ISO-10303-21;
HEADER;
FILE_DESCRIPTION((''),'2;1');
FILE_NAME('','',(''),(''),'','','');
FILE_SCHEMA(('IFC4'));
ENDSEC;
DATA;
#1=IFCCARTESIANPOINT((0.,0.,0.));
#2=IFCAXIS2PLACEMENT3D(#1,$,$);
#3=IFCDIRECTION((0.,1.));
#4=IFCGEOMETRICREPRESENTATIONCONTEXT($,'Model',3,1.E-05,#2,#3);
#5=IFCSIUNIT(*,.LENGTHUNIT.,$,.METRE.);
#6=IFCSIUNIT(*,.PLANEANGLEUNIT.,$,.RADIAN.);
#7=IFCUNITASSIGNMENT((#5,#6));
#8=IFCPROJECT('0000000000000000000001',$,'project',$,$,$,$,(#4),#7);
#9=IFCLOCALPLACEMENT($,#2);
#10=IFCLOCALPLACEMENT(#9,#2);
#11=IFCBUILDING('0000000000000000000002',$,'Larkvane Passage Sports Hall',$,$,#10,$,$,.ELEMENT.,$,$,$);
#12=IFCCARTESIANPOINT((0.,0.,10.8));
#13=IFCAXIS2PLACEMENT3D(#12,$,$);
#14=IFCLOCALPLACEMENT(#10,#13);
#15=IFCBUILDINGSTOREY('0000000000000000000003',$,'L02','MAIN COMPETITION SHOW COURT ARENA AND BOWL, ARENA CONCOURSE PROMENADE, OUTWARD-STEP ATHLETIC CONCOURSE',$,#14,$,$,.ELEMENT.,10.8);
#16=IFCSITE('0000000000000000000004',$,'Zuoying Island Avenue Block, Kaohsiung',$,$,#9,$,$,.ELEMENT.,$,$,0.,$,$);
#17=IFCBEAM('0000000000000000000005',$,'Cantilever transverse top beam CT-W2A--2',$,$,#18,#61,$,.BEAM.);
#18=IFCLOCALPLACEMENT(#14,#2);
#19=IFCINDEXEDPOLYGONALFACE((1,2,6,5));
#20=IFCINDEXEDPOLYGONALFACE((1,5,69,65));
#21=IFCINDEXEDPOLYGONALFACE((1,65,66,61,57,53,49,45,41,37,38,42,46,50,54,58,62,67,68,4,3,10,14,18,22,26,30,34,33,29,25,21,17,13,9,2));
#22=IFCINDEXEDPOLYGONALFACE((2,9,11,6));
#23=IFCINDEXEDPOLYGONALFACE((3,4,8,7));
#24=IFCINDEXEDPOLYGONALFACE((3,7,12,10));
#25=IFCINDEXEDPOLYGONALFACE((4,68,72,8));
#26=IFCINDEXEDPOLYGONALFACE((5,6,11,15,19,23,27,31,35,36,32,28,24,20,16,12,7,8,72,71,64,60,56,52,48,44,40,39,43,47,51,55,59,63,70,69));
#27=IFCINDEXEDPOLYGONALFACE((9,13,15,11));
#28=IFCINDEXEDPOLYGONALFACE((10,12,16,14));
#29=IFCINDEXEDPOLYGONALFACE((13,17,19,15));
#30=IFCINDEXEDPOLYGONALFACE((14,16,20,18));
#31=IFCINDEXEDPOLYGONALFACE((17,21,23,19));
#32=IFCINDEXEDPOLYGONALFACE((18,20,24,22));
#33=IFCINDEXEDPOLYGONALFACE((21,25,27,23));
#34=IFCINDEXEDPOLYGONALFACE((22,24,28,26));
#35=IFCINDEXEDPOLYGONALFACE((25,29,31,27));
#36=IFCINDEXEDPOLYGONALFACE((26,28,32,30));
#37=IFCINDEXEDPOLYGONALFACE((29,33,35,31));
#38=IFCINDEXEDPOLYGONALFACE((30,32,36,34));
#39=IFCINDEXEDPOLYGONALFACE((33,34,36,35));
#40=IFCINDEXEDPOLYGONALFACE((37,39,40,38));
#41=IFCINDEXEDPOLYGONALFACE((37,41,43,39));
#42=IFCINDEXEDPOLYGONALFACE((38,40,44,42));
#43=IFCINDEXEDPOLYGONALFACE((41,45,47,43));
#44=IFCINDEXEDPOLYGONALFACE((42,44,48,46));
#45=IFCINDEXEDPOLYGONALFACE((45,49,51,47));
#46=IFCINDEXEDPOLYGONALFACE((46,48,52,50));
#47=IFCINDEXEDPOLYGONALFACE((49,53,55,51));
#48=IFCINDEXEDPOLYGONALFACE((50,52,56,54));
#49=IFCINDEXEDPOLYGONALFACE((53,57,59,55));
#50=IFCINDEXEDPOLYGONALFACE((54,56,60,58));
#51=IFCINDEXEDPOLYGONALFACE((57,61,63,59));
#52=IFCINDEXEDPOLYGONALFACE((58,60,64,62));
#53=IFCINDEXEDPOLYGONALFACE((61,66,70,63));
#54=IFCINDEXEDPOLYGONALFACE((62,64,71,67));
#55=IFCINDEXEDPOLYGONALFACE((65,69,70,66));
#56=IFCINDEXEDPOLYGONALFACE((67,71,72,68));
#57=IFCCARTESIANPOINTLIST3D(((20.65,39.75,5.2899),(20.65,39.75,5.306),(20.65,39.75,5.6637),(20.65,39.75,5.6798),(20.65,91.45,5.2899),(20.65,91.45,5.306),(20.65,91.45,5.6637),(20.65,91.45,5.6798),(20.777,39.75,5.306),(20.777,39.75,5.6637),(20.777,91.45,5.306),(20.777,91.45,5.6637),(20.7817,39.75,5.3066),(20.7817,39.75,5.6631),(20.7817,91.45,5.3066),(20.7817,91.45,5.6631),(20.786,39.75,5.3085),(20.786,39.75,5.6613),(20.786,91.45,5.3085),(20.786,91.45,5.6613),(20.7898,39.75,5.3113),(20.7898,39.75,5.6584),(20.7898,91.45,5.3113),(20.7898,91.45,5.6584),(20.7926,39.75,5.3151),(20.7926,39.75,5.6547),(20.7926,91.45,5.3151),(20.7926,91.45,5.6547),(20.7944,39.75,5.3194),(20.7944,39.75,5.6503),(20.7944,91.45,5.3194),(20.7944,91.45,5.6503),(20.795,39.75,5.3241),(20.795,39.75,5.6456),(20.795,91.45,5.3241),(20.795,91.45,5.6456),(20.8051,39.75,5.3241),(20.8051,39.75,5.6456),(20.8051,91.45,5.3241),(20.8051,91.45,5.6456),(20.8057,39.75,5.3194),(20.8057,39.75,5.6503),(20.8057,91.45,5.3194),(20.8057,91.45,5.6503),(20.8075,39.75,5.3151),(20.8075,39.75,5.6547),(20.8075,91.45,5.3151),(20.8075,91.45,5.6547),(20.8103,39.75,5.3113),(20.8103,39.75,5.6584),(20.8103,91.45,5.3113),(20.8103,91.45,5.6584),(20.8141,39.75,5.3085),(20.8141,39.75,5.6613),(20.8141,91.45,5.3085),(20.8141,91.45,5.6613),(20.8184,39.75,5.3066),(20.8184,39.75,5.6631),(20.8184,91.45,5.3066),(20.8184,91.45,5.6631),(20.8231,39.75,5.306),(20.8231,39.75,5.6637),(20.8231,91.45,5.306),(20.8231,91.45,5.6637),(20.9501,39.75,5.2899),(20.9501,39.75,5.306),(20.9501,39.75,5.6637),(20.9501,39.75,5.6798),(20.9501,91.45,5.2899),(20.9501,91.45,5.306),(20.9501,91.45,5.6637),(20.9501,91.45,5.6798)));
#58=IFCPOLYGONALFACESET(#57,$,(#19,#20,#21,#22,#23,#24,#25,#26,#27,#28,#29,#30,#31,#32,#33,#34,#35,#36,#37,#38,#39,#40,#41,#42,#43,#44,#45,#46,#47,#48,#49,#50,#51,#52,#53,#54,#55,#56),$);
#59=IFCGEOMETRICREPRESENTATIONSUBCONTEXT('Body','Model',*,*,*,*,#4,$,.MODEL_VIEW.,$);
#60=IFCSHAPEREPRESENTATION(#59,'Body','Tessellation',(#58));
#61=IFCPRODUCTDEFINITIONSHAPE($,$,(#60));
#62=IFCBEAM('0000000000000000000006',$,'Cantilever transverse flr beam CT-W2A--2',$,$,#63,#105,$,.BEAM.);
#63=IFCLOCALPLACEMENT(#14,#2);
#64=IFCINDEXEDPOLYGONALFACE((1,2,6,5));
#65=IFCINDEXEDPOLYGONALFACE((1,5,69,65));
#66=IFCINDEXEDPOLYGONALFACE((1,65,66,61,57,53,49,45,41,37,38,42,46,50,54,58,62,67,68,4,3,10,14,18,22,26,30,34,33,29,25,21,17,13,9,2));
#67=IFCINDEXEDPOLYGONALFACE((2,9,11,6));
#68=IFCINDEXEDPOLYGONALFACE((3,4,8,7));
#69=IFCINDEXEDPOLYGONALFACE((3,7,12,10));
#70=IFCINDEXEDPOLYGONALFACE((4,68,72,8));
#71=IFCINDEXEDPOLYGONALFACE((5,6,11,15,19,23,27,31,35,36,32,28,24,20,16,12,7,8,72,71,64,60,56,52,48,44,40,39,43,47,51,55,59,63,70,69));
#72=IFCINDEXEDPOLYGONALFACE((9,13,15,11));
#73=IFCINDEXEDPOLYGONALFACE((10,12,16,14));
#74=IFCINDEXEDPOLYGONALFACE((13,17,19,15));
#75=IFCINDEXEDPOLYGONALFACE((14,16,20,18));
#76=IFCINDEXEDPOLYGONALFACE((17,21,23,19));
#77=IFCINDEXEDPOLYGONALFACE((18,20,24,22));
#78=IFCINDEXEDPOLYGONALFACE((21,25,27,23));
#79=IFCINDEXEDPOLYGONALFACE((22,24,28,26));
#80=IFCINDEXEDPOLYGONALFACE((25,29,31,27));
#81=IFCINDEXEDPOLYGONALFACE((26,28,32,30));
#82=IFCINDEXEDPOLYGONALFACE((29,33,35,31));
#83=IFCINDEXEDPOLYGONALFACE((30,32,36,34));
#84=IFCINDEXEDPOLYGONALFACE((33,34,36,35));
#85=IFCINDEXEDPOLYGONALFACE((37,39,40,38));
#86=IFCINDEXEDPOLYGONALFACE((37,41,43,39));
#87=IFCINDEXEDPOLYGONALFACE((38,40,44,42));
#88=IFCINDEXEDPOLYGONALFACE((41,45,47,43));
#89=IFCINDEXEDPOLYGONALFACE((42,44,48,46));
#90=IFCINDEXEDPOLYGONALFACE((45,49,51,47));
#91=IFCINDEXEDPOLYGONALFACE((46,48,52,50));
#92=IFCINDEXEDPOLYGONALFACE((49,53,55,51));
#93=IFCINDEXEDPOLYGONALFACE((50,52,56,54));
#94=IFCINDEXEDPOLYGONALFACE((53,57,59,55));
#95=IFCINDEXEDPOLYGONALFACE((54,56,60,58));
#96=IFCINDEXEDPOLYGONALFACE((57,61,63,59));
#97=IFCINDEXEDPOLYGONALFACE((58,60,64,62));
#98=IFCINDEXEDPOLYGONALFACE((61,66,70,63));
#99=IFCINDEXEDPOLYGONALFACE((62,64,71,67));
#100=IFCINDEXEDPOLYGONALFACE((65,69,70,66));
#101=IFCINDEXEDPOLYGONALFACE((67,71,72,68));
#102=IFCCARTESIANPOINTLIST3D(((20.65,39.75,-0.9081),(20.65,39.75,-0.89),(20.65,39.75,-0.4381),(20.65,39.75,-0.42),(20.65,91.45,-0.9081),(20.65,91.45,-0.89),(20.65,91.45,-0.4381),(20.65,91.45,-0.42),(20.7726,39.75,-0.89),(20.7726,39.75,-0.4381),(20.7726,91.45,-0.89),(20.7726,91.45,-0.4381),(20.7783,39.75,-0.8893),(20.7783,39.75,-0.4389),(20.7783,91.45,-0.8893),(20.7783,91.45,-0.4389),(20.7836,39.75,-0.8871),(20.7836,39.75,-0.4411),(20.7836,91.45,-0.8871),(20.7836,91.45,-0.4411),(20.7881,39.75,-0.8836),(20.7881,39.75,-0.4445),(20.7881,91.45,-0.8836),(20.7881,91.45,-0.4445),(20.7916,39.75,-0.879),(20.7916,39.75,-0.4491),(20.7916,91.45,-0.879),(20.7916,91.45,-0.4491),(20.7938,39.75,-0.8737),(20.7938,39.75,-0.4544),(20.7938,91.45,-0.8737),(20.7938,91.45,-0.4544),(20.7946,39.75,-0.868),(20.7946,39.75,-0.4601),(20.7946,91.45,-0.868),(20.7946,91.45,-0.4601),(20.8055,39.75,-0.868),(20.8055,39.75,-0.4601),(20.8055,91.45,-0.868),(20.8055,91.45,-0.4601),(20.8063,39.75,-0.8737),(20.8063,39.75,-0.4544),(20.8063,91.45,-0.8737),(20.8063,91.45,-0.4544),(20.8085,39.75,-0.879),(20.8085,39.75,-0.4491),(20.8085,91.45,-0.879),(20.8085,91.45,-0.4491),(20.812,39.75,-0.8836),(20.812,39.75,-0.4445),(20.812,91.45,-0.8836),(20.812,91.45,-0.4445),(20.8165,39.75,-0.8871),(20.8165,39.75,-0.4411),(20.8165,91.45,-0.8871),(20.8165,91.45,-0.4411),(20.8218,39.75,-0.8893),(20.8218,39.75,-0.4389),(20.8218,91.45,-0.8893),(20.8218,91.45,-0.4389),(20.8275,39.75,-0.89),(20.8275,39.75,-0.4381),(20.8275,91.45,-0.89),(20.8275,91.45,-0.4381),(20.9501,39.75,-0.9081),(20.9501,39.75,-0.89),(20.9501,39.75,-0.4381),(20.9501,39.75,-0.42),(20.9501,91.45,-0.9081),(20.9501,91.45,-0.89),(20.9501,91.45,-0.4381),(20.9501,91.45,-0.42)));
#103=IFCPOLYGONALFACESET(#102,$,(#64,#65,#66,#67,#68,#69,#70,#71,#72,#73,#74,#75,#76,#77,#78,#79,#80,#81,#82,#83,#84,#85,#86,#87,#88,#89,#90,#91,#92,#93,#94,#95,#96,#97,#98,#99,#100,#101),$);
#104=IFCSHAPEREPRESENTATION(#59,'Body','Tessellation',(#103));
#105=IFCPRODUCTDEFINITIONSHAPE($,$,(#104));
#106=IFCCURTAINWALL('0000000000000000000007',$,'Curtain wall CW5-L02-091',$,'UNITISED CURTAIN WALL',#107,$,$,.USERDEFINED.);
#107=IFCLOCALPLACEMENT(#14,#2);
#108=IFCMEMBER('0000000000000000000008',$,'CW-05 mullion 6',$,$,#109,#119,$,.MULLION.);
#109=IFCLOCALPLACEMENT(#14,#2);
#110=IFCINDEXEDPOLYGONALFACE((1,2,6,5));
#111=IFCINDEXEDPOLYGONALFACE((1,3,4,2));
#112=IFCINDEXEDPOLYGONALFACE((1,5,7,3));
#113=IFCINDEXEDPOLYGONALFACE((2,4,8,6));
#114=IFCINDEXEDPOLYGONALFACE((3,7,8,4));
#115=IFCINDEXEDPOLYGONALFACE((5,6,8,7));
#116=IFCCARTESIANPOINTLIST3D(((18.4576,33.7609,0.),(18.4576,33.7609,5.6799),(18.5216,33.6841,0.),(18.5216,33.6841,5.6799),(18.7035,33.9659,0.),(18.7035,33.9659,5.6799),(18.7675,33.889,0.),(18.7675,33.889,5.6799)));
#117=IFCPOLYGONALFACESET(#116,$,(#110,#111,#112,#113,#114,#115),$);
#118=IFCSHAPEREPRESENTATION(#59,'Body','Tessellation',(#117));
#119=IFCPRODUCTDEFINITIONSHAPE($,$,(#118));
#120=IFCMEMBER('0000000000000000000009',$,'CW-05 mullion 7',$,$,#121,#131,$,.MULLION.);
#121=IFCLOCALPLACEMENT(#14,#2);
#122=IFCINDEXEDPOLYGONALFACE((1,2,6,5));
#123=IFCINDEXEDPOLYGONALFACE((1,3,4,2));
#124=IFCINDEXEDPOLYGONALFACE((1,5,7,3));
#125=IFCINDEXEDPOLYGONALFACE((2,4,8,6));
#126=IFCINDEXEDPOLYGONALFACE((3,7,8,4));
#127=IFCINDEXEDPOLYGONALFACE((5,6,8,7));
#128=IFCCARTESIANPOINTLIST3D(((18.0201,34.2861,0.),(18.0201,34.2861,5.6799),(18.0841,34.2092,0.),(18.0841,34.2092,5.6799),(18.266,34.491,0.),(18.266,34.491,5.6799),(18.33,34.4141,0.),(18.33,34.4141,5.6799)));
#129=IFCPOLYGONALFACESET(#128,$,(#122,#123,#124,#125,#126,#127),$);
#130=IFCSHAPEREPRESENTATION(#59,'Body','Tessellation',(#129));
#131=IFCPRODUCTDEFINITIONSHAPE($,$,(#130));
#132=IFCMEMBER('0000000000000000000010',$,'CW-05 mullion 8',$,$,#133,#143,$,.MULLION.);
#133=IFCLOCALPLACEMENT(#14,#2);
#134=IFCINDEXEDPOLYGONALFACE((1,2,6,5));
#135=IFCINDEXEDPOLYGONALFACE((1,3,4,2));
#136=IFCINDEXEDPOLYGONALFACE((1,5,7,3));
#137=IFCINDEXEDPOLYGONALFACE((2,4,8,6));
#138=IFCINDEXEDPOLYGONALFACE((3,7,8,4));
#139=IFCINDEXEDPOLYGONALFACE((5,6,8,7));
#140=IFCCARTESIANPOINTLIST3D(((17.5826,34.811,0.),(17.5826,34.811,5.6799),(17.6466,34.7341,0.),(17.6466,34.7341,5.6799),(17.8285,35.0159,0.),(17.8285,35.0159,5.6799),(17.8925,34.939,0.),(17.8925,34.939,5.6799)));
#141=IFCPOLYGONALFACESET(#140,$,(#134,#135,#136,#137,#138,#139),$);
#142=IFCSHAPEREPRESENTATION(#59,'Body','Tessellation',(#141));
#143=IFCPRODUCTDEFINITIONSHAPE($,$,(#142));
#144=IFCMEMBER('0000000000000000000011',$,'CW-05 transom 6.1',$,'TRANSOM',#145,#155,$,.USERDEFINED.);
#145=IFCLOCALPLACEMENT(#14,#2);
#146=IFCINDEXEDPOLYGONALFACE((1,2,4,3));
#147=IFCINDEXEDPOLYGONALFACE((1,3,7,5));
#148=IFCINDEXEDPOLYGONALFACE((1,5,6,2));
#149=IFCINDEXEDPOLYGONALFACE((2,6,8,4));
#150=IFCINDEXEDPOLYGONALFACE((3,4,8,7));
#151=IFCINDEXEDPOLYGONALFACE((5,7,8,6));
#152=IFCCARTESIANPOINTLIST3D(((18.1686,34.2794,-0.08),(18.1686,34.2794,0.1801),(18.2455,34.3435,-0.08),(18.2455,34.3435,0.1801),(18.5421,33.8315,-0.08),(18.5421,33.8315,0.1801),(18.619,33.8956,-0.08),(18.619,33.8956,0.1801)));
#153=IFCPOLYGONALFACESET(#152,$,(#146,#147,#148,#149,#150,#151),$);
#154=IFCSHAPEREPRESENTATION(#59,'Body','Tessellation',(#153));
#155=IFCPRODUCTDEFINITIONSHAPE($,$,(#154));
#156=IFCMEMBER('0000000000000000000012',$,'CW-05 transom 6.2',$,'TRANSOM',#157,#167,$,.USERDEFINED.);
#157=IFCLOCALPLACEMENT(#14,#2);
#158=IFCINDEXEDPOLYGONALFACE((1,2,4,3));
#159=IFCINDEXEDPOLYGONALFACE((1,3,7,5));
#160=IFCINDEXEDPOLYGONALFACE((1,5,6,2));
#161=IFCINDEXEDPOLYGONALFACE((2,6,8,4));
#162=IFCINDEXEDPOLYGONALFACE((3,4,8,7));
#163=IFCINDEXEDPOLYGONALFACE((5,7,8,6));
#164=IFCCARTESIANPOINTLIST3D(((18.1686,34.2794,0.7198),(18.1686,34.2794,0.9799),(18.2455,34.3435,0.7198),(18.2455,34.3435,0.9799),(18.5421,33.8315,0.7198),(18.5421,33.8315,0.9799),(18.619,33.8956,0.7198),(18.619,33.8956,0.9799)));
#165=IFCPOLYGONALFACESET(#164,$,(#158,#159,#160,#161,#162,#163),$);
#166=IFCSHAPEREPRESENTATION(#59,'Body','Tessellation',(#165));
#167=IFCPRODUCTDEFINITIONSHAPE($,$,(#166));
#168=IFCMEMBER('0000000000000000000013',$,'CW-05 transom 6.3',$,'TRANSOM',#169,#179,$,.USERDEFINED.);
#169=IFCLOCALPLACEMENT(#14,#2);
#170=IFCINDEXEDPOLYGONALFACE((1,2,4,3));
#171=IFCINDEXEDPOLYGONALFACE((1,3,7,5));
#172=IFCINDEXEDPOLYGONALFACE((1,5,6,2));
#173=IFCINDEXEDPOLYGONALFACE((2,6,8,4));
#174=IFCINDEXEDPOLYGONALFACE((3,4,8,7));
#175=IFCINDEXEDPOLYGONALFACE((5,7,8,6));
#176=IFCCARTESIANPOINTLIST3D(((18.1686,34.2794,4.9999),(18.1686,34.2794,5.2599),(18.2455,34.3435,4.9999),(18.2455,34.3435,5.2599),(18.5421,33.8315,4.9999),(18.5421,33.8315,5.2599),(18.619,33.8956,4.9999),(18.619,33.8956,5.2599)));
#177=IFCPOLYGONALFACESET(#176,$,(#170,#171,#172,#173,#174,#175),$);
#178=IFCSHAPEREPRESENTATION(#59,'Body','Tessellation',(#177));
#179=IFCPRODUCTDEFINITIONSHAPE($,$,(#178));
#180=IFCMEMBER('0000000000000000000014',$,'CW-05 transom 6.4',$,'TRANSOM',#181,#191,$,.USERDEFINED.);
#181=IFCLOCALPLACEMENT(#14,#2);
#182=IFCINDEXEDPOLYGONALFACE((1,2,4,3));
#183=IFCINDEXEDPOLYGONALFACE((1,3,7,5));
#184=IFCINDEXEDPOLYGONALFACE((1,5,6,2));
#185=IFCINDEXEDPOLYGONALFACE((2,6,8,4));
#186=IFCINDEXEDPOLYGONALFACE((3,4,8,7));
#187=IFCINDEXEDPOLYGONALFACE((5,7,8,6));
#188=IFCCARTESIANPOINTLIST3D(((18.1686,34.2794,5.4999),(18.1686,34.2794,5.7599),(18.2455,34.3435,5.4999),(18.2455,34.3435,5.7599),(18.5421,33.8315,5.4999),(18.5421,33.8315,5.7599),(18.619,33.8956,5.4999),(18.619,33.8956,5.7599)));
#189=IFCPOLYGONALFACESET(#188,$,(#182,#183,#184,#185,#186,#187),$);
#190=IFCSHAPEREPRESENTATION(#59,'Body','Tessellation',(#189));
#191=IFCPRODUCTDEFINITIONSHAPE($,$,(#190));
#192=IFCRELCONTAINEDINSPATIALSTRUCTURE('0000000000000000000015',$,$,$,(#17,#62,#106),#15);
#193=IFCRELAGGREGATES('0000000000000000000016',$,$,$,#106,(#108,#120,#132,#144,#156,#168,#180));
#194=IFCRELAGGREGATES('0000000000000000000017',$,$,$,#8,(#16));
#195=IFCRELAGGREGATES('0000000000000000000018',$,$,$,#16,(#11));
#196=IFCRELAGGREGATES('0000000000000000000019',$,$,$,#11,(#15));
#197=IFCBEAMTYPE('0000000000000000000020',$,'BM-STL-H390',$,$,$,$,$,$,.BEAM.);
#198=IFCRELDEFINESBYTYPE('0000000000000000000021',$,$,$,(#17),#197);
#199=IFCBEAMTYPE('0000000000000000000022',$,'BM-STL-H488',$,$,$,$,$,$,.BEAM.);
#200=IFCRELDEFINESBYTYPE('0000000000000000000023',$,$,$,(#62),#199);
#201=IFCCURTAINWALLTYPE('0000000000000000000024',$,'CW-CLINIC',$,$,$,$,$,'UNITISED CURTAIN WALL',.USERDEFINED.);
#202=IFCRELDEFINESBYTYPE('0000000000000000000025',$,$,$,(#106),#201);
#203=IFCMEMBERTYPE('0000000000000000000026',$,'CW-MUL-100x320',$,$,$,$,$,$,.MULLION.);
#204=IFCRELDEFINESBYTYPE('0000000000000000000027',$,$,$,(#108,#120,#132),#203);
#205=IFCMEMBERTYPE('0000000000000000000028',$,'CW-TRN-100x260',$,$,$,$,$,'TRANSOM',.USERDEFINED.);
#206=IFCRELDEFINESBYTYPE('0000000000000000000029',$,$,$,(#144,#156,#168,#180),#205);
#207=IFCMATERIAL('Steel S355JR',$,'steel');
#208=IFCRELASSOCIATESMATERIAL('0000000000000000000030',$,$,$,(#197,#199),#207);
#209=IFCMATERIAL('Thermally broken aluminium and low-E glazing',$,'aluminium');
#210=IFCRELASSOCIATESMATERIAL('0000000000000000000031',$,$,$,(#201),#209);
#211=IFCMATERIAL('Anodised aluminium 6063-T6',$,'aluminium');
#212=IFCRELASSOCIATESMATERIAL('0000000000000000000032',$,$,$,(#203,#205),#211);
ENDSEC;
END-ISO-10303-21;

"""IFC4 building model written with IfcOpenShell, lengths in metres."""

from ifc_helpers import new_model, si_unit, direction, frame, origin, origin_2d, place, context, subcontext, project, spatial, rectangle, i_section, extrude, material, material_profile, profile_set, type_object, element, aggregate, save


model = new_model("IFC4")

# Units and contexts
model_context = context("Model", 3, precision=1e-05, world=origin(), true_north=direction((0.0, 1.0)))
body_context = subcontext(model_context, "Body", "Model", "MODEL_VIEW")
ifc_project = project(units=[si_unit("LENGTHUNIT", "METRE"), si_unit("PLANEANGLEUNIT", "RADIAN")], contexts=[model_context])

# Site, building, storey
site_placement = place(None, origin())
site = spatial("IfcSite", under=ifc_project, at=site_placement, Name="Zuoying Island Avenue Block, Kaohsiung", CompositionType="ELEMENT", RefElevation=0.0)
building_placement = place(site_placement, origin())
building = spatial("IfcBuilding", under=site, at=building_placement, Name="Larkvane Passage Sports Hall", CompositionType="ELEMENT")
storey_placement = place(building_placement, frame((0.0, 0.0, 10.8)))
storey = spatial("IfcBuildingStorey", under=building, at=storey_placement, Name="L02", Description="MAIN COMPETITION SHOW COURT ARENA AND BOWL, ARENA CONCOURSE PROMENADE, OUTWARD-STEP ATHLETIC CONCOURSE", CompositionType="ELEMENT", Elevation=10.8)

# Beams
ifc_material_1 = material(Name="Steel S355JR", Category="steel")
ifc_material_profile_1 = material_profile(ifc_material_1, i_section(OverallWidth=0.3, OverallDepth=0.3899, WebThickness=0.01, FlangeThickness=0.0161, FilletRadius=0.0181, at=origin_2d()), Name="H-390x300x10x16")
ifc_profile_set_1 = profile_set([ifc_material_profile_1], Name="Steel S355JR")
beam_type_1 = type_object("IfcBeamType", Name="BM-STL-H390", PredefinedType="BEAM", material=ifc_profile_set_1)
beam_1_placement = place(storey_placement, frame((20.8, 39.75, 5.4849), z_axis=(0.0, 1.0, 0.0), x_axis=(-1.0, 0.0, 0.0)))
element("IfcBeam", 1, at=beam_1_placement, inside=storey, type_object=beam_type_1, Name="Cantilever transverse top beam CT-W2A--2", PredefinedType="BEAM", context=body_context, shape_type="SweptSolid", body=[
    extrude(i_section(OverallWidth=0.3, OverallDepth=0.3899, WebThickness=0.01, FlangeThickness=0.0161, FilletRadius=0.0181, at=origin_2d()), origin(), (0.0, 0.0, 1.0), 51.7),
])
ifc_material_profile_2 = material_profile(ifc_material_1, i_section(OverallWidth=0.3, OverallDepth=0.488, WebThickness=0.011, FlangeThickness=0.0181, FilletRadius=0.022, at=origin_2d()), Name="H-488x300x11x18")
ifc_profile_set_2 = profile_set([ifc_material_profile_2], Name="Steel S355JR")
beam_type_2 = type_object("IfcBeamType", Name="BM-STL-H488", PredefinedType="BEAM", material=ifc_profile_set_2)
beam_2_placement = place(storey_placement, frame((20.8, 39.75, -0.6641), z_axis=(0.0, 1.0, 0.0), x_axis=(-1.0, 0.0, 0.0)))
element("IfcBeam", 2, at=beam_2_placement, inside=storey, type_object=beam_type_2, Name="Cantilever transverse flr beam CT-W2A--2", PredefinedType="BEAM", context=body_context, shape_type="SweptSolid", body=[
    extrude(i_section(OverallWidth=0.3, OverallDepth=0.488, WebThickness=0.011, FlangeThickness=0.0181, FilletRadius=0.022, at=origin_2d()), origin(), (0.0, 0.0, 1.0), 51.7),
])

# Curtain wall, members
ifc_material_2 = material(Name="Thermally broken aluminium and low-E glazing", Category="aluminium")
curtain_wall_type = type_object("IfcCurtainWallType", Name="CW-CLINIC", ElementType="UNITISED CURTAIN WALL", PredefinedType="USERDEFINED", material=ifc_material_2)
curtain_wall_placement = place(storey_placement, origin())
curtain_wall = element("IfcCurtainWall", 3, at=curtain_wall_placement, inside=storey, type_object=curtain_wall_type, Name="Curtain wall CW5-L02-091", ObjectType="UNITISED CURTAIN WALL", PredefinedType="USERDEFINED")
ifc_material_3 = material(Name="Anodised aluminium 6063-T6", Category="aluminium")
ifc_material_profile_3 = material_profile(ifc_material_3, rectangle(XDim=0.1001, YDim=0.3201, at=origin_2d()), Name="ALU-MUL-100x320")
ifc_profile_set_3 = profile_set([ifc_material_profile_3], Name="Anodised aluminium 6063-T6")
member_type_1 = type_object("IfcMemberType", Name="CW-MUL-100x320", PredefinedType="MULLION", material=ifc_profile_set_3)
member_1_placement = place(storey_placement, frame((18.6125, 33.825, 0.0), z_axis=(0.0, 0.0, 1.0), x_axis=(-0.640184, 0.768221, 0.0)))
member_1 = element("IfcMember", 4, at=member_1_placement, type_object=member_type_1, Name="CW-05 mullion 6", PredefinedType="MULLION", context=body_context, shape_type="SweptSolid", body=[
    extrude(rectangle(XDim=0.1001, YDim=0.3201, at=origin_2d()), origin(), (0.0, 0.0, 1.0), 5.6799),
])
member_2_placement = place(storey_placement, frame((18.175, 34.3501, 0.0), z_axis=(0.0, 0.0, 1.0), x_axis=(-0.640184, 0.768221, 0.0)))
member_2 = element("IfcMember", 5, at=member_2_placement, type_object=member_type_1, Name="CW-05 mullion 7", PredefinedType="MULLION", context=body_context, shape_type="SweptSolid", body=[
    extrude(rectangle(XDim=0.1001, YDim=0.3201, at=origin_2d()), origin(), (0.0, 0.0, 1.0), 5.6799),
])
member_3_placement = place(storey_placement, frame((17.7375, 34.875, 0.0), z_axis=(0.0, 0.0, 1.0), x_axis=(-0.640184, 0.768221, 0.0)))
member_3 = element("IfcMember", 6, at=member_3_placement, type_object=member_type_1, Name="CW-05 mullion 8", PredefinedType="MULLION", context=body_context, shape_type="SweptSolid", body=[
    extrude(rectangle(XDim=0.1001, YDim=0.3201, at=origin_2d()), origin(), (0.0, 0.0, 1.0), 5.6799),
])
ifc_material_profile_4 = material_profile(ifc_material_3, rectangle(XDim=0.1001, YDim=0.26, at=origin_2d()), Name="ALU-TRN-100x260")
ifc_profile_set_4 = profile_set([ifc_material_profile_4], Name="Anodised aluminium 6063-T6")
member_type_2 = type_object("IfcMemberType", Name="CW-TRN-100x260", ElementType="TRANSOM", PredefinedType="USERDEFINED", material=ifc_profile_set_4)
member_4_placement = place(storey_placement, frame((18.5806, 33.8635, 0.05), z_axis=(-0.64039, 0.76805, 0.0), x_axis=(-0.76805, -0.64039, 0.0)))
member_4 = element("IfcMember", 7, at=member_4_placement, type_object=member_type_2, Name="CW-05 transom 6.1", ObjectType="TRANSOM", PredefinedType="USERDEFINED", context=body_context, shape_type="SweptSolid", body=[
    extrude(rectangle(XDim=0.1001, YDim=0.26, at=origin_2d()), origin(), (0.0, 0.0, 1.0), 0.5833),
])
member_5_placement = place(storey_placement, frame((18.5806, 33.8635, 0.8499), z_axis=(-0.64039, 0.76805, 0.0), x_axis=(-0.76805, -0.64039, 0.0)))
member_5 = element("IfcMember", 8, at=member_5_placement, type_object=member_type_2, Name="CW-05 transom 6.2", ObjectType="TRANSOM", PredefinedType="USERDEFINED", context=body_context, shape_type="SweptSolid", body=[
    extrude(rectangle(XDim=0.1001, YDim=0.26, at=origin_2d()), origin(), (0.0, 0.0, 1.0), 0.5833),
])
member_6_placement = place(storey_placement, frame((18.5806, 33.8635, 5.1299), z_axis=(-0.64039, 0.76805, 0.0), x_axis=(-0.76805, -0.64039, 0.0)))
member_6 = element("IfcMember", 9, at=member_6_placement, type_object=member_type_2, Name="CW-05 transom 6.3", ObjectType="TRANSOM", PredefinedType="USERDEFINED", context=body_context, shape_type="SweptSolid", body=[
    extrude(rectangle(XDim=0.1001, YDim=0.26, at=origin_2d()), origin(), (0.0, 0.0, 1.0), 0.5833),
])
member_7_placement = place(storey_placement, frame((18.5806, 33.8635, 5.6299), z_axis=(-0.64039, 0.76805, 0.0), x_axis=(-0.76805, -0.64039, 0.0)))
member_7 = element("IfcMember", 10, at=member_7_placement, type_object=member_type_2, Name="CW-05 transom 6.4", ObjectType="TRANSOM", PredefinedType="USERDEFINED", context=body_context, shape_type="SweptSolid", body=[
    extrude(rectangle(XDim=0.1001, YDim=0.26, at=origin_2d()), origin(), (0.0, 0.0, 1.0), 0.5833),
])

aggregate(curtain_wall, [member_1, member_2, member_3, member_4, member_5, member_6, member_7])

save(model, "model.ifc")
